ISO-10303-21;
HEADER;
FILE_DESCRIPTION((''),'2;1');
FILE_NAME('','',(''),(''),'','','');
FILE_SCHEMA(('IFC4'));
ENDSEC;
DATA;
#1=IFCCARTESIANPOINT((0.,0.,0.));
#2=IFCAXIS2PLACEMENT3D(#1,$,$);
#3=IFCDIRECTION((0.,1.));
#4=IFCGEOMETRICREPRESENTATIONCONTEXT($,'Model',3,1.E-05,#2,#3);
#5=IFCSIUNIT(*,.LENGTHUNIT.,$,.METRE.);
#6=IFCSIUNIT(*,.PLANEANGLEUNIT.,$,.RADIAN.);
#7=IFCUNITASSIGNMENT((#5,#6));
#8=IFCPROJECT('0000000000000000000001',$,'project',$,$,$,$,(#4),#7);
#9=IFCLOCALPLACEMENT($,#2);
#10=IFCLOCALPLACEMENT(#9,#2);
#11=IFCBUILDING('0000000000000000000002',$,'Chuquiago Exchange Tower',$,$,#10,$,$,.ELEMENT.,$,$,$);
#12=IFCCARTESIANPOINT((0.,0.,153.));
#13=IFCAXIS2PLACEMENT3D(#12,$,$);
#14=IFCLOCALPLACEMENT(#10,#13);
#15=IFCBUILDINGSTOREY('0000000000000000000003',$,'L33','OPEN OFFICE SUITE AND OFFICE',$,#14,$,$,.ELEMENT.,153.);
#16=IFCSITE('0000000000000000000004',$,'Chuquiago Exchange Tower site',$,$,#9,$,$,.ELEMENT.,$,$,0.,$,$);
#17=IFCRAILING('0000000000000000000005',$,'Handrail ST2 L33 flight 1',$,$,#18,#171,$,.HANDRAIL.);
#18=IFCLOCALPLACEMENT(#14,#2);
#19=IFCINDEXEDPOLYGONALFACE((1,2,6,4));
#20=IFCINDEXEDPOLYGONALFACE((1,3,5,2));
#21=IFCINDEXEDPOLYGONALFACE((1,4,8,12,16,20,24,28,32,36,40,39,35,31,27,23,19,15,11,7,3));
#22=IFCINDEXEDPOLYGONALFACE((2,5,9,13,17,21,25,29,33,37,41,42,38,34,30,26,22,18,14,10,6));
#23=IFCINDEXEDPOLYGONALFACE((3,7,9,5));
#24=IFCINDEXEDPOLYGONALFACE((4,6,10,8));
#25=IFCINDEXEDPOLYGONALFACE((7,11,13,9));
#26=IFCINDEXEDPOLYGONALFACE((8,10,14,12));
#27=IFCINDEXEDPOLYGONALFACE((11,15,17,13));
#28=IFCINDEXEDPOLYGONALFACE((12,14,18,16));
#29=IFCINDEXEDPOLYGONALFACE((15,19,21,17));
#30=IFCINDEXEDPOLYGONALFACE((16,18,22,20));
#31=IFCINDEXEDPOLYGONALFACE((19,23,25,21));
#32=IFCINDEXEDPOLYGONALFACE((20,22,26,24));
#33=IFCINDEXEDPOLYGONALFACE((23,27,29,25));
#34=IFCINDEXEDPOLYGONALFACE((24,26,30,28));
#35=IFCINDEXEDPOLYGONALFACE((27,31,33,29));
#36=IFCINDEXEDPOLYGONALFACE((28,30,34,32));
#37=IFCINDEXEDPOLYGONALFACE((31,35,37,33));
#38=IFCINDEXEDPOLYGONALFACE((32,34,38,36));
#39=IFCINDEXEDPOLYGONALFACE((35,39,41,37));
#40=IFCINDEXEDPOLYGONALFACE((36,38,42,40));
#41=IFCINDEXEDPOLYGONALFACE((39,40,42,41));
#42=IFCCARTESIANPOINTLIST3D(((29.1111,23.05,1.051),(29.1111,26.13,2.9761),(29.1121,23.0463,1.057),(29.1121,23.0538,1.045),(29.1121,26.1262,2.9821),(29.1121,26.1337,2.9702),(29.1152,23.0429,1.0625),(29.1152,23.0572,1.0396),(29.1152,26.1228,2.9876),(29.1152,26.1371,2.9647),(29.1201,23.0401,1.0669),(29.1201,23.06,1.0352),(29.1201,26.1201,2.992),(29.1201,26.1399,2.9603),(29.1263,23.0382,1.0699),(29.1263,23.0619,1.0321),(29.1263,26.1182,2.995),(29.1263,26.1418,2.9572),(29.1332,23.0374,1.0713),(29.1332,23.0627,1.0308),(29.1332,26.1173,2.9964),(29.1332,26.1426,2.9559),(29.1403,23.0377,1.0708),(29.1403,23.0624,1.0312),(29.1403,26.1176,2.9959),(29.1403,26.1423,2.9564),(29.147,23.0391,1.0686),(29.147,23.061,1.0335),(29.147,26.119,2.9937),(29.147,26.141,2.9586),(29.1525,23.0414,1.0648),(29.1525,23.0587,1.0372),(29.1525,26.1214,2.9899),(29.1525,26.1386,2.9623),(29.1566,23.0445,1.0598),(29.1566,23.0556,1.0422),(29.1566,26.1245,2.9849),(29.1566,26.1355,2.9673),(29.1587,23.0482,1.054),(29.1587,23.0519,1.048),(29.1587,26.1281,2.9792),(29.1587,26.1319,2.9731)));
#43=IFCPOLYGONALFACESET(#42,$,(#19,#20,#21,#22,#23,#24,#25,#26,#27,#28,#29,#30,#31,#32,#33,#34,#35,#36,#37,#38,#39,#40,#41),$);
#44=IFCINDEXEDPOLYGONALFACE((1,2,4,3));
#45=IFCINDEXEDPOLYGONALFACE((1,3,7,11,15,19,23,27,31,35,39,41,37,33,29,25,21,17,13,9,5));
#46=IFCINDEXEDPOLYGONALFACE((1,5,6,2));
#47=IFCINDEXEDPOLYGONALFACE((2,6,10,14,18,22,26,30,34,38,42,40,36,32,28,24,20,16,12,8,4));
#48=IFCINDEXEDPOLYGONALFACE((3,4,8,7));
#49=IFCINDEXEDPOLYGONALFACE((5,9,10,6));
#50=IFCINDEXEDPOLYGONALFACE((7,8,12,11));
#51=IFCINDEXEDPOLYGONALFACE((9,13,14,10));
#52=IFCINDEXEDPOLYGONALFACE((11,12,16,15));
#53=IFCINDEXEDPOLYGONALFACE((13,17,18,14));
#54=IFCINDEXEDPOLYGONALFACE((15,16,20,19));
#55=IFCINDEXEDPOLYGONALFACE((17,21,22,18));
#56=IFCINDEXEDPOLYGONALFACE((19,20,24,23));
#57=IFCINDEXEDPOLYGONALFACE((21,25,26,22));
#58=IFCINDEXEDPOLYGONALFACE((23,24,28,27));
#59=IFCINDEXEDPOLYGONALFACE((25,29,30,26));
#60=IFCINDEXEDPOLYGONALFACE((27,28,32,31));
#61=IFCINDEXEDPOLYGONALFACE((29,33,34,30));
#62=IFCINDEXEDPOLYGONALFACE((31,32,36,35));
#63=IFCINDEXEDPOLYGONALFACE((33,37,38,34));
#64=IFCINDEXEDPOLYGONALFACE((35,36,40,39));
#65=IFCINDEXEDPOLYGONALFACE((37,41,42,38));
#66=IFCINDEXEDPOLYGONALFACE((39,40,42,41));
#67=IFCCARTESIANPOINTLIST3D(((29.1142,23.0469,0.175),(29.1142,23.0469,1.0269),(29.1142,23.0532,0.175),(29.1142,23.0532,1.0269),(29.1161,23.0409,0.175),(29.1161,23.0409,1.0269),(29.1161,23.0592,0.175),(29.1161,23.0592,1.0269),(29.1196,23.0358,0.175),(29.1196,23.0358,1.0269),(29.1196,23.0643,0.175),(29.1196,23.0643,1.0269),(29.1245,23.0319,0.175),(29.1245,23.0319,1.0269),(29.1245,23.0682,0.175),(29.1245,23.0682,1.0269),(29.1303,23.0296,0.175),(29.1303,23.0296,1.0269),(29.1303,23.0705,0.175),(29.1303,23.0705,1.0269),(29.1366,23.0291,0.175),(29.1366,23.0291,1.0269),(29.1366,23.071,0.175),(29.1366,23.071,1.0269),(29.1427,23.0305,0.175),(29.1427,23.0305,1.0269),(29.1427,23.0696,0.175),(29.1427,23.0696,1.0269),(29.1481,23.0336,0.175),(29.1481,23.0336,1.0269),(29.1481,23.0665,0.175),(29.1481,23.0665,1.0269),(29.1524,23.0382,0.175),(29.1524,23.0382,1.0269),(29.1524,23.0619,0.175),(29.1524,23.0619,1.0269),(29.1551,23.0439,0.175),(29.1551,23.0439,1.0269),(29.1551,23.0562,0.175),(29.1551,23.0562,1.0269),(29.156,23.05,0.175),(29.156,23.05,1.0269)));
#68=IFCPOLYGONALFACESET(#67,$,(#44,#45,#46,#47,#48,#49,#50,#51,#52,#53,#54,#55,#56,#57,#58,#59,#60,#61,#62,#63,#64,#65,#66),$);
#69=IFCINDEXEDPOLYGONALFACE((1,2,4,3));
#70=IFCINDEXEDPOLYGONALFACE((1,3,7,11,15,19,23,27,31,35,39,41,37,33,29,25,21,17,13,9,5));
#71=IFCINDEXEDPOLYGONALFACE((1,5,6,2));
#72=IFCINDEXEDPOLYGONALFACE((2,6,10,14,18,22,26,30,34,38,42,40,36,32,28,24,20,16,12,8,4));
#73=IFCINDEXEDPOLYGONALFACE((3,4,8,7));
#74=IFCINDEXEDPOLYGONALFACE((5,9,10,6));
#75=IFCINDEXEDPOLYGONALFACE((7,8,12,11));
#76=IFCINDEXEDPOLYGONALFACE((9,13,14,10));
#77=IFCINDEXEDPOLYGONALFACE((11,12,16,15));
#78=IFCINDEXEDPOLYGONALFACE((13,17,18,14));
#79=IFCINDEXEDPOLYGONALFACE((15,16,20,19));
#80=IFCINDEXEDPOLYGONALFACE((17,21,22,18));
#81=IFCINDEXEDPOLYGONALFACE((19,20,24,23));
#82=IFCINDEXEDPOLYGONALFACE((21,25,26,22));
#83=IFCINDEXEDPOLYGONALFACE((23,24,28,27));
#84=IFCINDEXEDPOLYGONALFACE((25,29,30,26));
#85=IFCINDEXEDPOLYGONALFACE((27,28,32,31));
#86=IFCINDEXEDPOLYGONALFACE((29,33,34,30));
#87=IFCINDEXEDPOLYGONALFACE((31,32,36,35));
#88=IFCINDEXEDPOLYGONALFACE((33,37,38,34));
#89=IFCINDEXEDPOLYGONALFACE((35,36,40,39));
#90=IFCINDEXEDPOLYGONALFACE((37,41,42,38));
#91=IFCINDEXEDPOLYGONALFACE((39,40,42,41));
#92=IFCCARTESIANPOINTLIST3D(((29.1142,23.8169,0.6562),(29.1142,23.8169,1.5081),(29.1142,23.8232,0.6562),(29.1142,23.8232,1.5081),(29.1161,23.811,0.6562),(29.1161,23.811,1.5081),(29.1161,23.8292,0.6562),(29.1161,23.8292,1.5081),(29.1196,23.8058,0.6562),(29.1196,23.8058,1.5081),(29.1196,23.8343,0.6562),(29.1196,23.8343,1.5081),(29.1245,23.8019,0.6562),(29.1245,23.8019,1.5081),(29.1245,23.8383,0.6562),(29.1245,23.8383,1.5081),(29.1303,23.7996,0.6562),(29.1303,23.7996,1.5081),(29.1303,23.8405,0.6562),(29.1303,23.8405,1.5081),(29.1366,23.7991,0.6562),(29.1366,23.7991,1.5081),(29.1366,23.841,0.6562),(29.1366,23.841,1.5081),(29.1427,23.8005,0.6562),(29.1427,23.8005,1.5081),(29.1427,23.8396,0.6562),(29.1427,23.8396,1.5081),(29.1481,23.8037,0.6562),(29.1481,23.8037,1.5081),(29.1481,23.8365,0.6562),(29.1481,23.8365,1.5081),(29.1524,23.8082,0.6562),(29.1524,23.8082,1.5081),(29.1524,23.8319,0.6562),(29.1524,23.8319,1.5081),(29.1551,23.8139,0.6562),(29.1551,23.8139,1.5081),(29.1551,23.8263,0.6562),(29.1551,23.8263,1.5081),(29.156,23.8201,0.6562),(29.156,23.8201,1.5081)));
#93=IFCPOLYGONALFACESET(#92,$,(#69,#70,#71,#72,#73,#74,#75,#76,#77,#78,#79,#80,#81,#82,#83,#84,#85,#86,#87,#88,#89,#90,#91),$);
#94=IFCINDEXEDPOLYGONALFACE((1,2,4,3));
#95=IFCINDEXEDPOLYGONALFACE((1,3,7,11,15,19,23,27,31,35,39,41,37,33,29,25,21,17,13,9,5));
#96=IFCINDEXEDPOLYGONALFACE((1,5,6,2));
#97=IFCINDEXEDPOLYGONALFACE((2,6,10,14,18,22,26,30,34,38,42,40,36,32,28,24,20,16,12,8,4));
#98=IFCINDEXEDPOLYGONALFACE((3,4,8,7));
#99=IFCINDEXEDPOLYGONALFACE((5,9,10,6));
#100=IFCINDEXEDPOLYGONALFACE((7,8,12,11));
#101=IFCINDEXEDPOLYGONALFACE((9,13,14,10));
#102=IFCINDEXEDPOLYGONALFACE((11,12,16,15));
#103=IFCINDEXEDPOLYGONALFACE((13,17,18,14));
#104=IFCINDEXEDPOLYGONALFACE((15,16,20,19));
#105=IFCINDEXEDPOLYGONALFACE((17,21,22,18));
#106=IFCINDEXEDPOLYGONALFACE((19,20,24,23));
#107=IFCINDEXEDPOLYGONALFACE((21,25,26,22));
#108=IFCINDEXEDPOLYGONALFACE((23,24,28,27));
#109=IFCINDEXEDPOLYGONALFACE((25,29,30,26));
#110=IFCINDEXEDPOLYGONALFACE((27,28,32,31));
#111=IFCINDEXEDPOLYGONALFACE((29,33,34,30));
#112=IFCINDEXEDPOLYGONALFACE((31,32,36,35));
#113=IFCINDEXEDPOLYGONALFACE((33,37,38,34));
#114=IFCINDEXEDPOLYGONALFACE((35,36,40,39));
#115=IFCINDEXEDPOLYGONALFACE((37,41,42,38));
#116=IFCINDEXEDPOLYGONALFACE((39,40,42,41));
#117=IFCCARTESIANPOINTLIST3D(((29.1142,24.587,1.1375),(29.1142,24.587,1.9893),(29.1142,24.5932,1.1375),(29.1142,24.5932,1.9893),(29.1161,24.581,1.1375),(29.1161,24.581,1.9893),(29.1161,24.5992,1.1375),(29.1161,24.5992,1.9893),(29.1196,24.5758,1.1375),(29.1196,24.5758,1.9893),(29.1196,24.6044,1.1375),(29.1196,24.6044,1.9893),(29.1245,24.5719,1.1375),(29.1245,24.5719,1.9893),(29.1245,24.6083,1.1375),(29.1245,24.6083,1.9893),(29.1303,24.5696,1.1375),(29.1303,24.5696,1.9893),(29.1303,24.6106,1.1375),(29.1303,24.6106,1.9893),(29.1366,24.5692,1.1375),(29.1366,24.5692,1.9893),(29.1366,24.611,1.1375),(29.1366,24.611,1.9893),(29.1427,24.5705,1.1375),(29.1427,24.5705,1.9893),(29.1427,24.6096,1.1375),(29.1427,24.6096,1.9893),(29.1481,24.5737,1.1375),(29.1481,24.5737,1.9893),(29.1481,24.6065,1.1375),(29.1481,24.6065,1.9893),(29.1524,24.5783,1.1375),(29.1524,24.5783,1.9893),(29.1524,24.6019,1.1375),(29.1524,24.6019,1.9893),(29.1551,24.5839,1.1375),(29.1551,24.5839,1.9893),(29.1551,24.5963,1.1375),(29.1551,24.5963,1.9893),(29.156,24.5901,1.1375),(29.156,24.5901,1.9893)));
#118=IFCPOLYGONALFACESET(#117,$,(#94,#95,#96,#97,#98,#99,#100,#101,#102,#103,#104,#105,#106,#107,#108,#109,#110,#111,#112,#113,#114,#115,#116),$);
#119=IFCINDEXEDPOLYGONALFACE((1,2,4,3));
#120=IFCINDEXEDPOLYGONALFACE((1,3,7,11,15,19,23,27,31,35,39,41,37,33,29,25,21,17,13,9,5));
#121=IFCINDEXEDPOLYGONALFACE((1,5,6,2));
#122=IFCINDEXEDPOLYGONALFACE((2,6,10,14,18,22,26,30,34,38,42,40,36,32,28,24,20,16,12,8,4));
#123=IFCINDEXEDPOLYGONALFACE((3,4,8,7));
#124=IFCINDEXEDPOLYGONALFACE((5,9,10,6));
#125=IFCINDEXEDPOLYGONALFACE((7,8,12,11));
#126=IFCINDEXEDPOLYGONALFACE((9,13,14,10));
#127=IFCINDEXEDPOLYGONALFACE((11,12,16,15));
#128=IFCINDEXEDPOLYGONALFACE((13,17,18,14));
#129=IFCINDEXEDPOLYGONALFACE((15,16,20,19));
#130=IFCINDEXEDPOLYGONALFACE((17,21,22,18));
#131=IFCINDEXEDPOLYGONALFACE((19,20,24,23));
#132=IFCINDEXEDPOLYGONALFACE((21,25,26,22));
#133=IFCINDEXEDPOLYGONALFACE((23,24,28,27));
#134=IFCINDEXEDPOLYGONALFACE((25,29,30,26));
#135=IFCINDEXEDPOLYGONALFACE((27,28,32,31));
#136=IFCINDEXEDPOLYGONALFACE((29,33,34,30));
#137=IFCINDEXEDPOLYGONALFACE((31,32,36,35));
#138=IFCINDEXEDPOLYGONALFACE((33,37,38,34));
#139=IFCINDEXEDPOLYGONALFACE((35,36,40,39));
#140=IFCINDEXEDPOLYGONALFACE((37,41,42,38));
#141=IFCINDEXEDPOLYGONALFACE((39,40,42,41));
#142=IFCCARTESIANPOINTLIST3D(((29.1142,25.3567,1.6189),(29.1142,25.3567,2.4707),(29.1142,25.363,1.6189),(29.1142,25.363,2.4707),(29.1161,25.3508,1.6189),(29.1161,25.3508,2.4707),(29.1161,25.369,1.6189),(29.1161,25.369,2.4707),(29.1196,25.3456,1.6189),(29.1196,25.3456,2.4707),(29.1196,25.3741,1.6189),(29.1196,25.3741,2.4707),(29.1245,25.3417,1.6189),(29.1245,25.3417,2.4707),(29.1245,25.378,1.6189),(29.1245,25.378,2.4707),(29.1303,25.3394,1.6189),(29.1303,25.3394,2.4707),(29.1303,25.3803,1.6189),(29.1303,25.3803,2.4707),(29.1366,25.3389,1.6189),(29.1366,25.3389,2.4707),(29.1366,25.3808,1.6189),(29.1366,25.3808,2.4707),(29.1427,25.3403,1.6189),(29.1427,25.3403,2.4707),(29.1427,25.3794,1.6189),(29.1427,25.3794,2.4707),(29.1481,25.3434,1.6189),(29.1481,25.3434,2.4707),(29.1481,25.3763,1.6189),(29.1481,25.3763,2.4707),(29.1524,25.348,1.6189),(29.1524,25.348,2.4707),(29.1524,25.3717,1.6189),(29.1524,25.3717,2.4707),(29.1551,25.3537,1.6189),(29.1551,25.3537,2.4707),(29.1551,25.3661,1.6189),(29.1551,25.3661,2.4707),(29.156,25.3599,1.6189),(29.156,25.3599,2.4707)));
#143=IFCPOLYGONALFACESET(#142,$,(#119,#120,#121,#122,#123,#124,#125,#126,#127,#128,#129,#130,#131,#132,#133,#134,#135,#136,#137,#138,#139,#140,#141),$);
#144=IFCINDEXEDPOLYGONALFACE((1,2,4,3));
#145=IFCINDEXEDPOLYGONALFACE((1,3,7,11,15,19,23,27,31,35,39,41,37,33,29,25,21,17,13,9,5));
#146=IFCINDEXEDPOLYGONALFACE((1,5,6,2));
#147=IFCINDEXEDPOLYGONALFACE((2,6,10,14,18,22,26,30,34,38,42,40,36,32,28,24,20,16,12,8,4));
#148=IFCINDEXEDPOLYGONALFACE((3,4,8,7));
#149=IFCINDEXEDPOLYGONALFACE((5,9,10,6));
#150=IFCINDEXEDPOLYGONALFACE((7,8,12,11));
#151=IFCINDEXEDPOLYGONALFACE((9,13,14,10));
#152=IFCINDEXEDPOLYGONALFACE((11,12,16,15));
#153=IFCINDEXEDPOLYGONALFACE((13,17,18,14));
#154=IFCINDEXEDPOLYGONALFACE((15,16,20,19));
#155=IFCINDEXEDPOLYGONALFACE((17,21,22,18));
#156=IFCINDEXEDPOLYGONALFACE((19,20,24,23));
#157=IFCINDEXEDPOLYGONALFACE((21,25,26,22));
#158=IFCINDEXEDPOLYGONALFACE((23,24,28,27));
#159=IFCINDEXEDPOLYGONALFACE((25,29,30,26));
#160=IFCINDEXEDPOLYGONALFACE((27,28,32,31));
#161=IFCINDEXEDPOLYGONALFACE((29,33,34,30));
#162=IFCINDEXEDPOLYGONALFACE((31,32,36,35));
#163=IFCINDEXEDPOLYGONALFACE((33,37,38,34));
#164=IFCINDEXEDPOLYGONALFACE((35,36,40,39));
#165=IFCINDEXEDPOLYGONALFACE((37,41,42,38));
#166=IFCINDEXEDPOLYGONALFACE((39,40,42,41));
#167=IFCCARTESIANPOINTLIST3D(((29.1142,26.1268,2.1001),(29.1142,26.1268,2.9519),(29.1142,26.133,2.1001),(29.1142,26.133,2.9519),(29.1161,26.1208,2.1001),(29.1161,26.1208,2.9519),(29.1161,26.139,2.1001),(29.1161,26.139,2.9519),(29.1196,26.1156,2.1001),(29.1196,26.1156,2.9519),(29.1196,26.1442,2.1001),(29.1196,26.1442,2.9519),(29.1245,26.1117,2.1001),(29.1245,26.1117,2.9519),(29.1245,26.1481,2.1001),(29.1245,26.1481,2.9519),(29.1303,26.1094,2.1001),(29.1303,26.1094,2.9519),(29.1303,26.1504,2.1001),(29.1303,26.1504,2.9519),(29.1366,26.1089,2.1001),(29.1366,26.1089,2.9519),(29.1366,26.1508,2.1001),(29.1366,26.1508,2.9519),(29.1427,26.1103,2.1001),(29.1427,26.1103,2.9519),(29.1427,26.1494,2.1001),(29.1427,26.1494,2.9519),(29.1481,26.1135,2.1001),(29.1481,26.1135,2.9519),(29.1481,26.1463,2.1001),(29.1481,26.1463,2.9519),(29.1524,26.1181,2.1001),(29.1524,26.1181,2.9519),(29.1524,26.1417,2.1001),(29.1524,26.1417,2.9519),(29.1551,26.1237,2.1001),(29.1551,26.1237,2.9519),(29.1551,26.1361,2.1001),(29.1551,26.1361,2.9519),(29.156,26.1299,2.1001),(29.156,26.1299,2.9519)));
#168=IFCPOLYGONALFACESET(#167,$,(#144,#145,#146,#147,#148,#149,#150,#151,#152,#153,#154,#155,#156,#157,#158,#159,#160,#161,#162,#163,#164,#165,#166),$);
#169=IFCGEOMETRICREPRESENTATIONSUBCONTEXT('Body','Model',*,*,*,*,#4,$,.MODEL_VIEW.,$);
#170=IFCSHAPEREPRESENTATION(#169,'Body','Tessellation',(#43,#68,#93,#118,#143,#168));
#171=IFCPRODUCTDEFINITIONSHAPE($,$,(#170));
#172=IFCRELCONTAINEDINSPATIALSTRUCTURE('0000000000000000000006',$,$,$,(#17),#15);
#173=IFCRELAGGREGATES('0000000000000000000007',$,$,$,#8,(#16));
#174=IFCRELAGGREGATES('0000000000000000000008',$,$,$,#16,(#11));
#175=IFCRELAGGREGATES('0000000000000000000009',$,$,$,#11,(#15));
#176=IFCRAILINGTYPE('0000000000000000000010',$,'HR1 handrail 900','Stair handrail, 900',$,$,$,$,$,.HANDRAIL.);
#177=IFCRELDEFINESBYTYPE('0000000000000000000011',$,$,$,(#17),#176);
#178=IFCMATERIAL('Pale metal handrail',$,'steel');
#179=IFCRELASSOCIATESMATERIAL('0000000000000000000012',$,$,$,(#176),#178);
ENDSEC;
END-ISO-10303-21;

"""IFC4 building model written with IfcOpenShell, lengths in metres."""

from ifc_helpers import new_model, si_unit, direction, frame, origin, origin_2d, place, context, subcontext, project, spatial, circle, extrude, material, type_object, element, save


model = new_model("IFC4")

# Units and contexts
model_context = context("Model", 3, precision=1e-05, world=origin(), true_north=direction((0.0, 1.0)))
body_context = subcontext(model_context, "Body", "Model", "MODEL_VIEW")
ifc_project = project(units=[si_unit("LENGTHUNIT", "METRE"), si_unit("PLANEANGLEUNIT", "RADIAN")], contexts=[model_context])

# Site, building, storey
site_placement = place(None, origin())
site = spatial("IfcSite", under=ifc_project, at=site_placement, Name="Chuquiago Exchange Tower site", CompositionType="ELEMENT", RefElevation=0.0)
building_placement = place(site_placement, origin())
building = spatial("IfcBuilding", under=site, at=building_placement, Name="Chuquiago Exchange Tower", CompositionType="ELEMENT")
storey_placement = place(building_placement, frame((0.0, 0.0, 153.0)))
storey = spatial("IfcBuildingStorey", under=building, at=storey_placement, Name="L33", Description="OPEN OFFICE SUITE AND OFFICE", CompositionType="ELEMENT", Elevation=153.0)

# Railing
ifc_material_1 = material(Name="Pale metal handrail", Category="steel")
railing_type_1 = type_object("IfcRailingType", Name="HR1 handrail 900", Description="Stair handrail, 900", PredefinedType="HANDRAIL", material=ifc_material_1)
for number, where, name in (
    (1, (29.135, 23.05, 0.175), "Handrail ST2 L33 flight 1"),
):
    element("IfcRailing", number, at=place(storey_placement, frame(where)), inside=storey, type_object=railing_type_1, Name=name, PredefinedType="HANDRAIL", context=body_context, shape_type="SweptSolid", body=[
        extrude(circle(Radius=0.0239, at=origin_2d()), frame((0.0, 0.0, 0.876), z_axis=(0.0, 0.847979, 0.530029), x_axis=(-1.0, 0.0, 0.0)), (0.0, 0.0, 1.0), 3.6321),
        extrude(circle(Radius=0.021, at=origin_2d()), origin(), (0.0, 0.0, 1.0), 0.8518),
        extrude(circle(Radius=0.021, at=origin_2d()), frame((0.0, 0.77, 0.4812)), (0.0, 0.0, 1.0), 0.8518),
        extrude(circle(Radius=0.021, at=origin_2d()), frame((0.0, 1.54, 0.9624)), (0.0, 0.0, 1.0), 0.8518),
        extrude(circle(Radius=0.021, at=origin_2d()), frame((0.0, 2.3098, 1.4438)), (0.0, 0.0, 1.0), 0.8518),
        extrude(circle(Radius=0.021, at=origin_2d()), frame((0.0, 3.0798, 1.925)), (0.0, 0.0, 1.0), 0.8518),
    ])

save(model, "model.ifc")
